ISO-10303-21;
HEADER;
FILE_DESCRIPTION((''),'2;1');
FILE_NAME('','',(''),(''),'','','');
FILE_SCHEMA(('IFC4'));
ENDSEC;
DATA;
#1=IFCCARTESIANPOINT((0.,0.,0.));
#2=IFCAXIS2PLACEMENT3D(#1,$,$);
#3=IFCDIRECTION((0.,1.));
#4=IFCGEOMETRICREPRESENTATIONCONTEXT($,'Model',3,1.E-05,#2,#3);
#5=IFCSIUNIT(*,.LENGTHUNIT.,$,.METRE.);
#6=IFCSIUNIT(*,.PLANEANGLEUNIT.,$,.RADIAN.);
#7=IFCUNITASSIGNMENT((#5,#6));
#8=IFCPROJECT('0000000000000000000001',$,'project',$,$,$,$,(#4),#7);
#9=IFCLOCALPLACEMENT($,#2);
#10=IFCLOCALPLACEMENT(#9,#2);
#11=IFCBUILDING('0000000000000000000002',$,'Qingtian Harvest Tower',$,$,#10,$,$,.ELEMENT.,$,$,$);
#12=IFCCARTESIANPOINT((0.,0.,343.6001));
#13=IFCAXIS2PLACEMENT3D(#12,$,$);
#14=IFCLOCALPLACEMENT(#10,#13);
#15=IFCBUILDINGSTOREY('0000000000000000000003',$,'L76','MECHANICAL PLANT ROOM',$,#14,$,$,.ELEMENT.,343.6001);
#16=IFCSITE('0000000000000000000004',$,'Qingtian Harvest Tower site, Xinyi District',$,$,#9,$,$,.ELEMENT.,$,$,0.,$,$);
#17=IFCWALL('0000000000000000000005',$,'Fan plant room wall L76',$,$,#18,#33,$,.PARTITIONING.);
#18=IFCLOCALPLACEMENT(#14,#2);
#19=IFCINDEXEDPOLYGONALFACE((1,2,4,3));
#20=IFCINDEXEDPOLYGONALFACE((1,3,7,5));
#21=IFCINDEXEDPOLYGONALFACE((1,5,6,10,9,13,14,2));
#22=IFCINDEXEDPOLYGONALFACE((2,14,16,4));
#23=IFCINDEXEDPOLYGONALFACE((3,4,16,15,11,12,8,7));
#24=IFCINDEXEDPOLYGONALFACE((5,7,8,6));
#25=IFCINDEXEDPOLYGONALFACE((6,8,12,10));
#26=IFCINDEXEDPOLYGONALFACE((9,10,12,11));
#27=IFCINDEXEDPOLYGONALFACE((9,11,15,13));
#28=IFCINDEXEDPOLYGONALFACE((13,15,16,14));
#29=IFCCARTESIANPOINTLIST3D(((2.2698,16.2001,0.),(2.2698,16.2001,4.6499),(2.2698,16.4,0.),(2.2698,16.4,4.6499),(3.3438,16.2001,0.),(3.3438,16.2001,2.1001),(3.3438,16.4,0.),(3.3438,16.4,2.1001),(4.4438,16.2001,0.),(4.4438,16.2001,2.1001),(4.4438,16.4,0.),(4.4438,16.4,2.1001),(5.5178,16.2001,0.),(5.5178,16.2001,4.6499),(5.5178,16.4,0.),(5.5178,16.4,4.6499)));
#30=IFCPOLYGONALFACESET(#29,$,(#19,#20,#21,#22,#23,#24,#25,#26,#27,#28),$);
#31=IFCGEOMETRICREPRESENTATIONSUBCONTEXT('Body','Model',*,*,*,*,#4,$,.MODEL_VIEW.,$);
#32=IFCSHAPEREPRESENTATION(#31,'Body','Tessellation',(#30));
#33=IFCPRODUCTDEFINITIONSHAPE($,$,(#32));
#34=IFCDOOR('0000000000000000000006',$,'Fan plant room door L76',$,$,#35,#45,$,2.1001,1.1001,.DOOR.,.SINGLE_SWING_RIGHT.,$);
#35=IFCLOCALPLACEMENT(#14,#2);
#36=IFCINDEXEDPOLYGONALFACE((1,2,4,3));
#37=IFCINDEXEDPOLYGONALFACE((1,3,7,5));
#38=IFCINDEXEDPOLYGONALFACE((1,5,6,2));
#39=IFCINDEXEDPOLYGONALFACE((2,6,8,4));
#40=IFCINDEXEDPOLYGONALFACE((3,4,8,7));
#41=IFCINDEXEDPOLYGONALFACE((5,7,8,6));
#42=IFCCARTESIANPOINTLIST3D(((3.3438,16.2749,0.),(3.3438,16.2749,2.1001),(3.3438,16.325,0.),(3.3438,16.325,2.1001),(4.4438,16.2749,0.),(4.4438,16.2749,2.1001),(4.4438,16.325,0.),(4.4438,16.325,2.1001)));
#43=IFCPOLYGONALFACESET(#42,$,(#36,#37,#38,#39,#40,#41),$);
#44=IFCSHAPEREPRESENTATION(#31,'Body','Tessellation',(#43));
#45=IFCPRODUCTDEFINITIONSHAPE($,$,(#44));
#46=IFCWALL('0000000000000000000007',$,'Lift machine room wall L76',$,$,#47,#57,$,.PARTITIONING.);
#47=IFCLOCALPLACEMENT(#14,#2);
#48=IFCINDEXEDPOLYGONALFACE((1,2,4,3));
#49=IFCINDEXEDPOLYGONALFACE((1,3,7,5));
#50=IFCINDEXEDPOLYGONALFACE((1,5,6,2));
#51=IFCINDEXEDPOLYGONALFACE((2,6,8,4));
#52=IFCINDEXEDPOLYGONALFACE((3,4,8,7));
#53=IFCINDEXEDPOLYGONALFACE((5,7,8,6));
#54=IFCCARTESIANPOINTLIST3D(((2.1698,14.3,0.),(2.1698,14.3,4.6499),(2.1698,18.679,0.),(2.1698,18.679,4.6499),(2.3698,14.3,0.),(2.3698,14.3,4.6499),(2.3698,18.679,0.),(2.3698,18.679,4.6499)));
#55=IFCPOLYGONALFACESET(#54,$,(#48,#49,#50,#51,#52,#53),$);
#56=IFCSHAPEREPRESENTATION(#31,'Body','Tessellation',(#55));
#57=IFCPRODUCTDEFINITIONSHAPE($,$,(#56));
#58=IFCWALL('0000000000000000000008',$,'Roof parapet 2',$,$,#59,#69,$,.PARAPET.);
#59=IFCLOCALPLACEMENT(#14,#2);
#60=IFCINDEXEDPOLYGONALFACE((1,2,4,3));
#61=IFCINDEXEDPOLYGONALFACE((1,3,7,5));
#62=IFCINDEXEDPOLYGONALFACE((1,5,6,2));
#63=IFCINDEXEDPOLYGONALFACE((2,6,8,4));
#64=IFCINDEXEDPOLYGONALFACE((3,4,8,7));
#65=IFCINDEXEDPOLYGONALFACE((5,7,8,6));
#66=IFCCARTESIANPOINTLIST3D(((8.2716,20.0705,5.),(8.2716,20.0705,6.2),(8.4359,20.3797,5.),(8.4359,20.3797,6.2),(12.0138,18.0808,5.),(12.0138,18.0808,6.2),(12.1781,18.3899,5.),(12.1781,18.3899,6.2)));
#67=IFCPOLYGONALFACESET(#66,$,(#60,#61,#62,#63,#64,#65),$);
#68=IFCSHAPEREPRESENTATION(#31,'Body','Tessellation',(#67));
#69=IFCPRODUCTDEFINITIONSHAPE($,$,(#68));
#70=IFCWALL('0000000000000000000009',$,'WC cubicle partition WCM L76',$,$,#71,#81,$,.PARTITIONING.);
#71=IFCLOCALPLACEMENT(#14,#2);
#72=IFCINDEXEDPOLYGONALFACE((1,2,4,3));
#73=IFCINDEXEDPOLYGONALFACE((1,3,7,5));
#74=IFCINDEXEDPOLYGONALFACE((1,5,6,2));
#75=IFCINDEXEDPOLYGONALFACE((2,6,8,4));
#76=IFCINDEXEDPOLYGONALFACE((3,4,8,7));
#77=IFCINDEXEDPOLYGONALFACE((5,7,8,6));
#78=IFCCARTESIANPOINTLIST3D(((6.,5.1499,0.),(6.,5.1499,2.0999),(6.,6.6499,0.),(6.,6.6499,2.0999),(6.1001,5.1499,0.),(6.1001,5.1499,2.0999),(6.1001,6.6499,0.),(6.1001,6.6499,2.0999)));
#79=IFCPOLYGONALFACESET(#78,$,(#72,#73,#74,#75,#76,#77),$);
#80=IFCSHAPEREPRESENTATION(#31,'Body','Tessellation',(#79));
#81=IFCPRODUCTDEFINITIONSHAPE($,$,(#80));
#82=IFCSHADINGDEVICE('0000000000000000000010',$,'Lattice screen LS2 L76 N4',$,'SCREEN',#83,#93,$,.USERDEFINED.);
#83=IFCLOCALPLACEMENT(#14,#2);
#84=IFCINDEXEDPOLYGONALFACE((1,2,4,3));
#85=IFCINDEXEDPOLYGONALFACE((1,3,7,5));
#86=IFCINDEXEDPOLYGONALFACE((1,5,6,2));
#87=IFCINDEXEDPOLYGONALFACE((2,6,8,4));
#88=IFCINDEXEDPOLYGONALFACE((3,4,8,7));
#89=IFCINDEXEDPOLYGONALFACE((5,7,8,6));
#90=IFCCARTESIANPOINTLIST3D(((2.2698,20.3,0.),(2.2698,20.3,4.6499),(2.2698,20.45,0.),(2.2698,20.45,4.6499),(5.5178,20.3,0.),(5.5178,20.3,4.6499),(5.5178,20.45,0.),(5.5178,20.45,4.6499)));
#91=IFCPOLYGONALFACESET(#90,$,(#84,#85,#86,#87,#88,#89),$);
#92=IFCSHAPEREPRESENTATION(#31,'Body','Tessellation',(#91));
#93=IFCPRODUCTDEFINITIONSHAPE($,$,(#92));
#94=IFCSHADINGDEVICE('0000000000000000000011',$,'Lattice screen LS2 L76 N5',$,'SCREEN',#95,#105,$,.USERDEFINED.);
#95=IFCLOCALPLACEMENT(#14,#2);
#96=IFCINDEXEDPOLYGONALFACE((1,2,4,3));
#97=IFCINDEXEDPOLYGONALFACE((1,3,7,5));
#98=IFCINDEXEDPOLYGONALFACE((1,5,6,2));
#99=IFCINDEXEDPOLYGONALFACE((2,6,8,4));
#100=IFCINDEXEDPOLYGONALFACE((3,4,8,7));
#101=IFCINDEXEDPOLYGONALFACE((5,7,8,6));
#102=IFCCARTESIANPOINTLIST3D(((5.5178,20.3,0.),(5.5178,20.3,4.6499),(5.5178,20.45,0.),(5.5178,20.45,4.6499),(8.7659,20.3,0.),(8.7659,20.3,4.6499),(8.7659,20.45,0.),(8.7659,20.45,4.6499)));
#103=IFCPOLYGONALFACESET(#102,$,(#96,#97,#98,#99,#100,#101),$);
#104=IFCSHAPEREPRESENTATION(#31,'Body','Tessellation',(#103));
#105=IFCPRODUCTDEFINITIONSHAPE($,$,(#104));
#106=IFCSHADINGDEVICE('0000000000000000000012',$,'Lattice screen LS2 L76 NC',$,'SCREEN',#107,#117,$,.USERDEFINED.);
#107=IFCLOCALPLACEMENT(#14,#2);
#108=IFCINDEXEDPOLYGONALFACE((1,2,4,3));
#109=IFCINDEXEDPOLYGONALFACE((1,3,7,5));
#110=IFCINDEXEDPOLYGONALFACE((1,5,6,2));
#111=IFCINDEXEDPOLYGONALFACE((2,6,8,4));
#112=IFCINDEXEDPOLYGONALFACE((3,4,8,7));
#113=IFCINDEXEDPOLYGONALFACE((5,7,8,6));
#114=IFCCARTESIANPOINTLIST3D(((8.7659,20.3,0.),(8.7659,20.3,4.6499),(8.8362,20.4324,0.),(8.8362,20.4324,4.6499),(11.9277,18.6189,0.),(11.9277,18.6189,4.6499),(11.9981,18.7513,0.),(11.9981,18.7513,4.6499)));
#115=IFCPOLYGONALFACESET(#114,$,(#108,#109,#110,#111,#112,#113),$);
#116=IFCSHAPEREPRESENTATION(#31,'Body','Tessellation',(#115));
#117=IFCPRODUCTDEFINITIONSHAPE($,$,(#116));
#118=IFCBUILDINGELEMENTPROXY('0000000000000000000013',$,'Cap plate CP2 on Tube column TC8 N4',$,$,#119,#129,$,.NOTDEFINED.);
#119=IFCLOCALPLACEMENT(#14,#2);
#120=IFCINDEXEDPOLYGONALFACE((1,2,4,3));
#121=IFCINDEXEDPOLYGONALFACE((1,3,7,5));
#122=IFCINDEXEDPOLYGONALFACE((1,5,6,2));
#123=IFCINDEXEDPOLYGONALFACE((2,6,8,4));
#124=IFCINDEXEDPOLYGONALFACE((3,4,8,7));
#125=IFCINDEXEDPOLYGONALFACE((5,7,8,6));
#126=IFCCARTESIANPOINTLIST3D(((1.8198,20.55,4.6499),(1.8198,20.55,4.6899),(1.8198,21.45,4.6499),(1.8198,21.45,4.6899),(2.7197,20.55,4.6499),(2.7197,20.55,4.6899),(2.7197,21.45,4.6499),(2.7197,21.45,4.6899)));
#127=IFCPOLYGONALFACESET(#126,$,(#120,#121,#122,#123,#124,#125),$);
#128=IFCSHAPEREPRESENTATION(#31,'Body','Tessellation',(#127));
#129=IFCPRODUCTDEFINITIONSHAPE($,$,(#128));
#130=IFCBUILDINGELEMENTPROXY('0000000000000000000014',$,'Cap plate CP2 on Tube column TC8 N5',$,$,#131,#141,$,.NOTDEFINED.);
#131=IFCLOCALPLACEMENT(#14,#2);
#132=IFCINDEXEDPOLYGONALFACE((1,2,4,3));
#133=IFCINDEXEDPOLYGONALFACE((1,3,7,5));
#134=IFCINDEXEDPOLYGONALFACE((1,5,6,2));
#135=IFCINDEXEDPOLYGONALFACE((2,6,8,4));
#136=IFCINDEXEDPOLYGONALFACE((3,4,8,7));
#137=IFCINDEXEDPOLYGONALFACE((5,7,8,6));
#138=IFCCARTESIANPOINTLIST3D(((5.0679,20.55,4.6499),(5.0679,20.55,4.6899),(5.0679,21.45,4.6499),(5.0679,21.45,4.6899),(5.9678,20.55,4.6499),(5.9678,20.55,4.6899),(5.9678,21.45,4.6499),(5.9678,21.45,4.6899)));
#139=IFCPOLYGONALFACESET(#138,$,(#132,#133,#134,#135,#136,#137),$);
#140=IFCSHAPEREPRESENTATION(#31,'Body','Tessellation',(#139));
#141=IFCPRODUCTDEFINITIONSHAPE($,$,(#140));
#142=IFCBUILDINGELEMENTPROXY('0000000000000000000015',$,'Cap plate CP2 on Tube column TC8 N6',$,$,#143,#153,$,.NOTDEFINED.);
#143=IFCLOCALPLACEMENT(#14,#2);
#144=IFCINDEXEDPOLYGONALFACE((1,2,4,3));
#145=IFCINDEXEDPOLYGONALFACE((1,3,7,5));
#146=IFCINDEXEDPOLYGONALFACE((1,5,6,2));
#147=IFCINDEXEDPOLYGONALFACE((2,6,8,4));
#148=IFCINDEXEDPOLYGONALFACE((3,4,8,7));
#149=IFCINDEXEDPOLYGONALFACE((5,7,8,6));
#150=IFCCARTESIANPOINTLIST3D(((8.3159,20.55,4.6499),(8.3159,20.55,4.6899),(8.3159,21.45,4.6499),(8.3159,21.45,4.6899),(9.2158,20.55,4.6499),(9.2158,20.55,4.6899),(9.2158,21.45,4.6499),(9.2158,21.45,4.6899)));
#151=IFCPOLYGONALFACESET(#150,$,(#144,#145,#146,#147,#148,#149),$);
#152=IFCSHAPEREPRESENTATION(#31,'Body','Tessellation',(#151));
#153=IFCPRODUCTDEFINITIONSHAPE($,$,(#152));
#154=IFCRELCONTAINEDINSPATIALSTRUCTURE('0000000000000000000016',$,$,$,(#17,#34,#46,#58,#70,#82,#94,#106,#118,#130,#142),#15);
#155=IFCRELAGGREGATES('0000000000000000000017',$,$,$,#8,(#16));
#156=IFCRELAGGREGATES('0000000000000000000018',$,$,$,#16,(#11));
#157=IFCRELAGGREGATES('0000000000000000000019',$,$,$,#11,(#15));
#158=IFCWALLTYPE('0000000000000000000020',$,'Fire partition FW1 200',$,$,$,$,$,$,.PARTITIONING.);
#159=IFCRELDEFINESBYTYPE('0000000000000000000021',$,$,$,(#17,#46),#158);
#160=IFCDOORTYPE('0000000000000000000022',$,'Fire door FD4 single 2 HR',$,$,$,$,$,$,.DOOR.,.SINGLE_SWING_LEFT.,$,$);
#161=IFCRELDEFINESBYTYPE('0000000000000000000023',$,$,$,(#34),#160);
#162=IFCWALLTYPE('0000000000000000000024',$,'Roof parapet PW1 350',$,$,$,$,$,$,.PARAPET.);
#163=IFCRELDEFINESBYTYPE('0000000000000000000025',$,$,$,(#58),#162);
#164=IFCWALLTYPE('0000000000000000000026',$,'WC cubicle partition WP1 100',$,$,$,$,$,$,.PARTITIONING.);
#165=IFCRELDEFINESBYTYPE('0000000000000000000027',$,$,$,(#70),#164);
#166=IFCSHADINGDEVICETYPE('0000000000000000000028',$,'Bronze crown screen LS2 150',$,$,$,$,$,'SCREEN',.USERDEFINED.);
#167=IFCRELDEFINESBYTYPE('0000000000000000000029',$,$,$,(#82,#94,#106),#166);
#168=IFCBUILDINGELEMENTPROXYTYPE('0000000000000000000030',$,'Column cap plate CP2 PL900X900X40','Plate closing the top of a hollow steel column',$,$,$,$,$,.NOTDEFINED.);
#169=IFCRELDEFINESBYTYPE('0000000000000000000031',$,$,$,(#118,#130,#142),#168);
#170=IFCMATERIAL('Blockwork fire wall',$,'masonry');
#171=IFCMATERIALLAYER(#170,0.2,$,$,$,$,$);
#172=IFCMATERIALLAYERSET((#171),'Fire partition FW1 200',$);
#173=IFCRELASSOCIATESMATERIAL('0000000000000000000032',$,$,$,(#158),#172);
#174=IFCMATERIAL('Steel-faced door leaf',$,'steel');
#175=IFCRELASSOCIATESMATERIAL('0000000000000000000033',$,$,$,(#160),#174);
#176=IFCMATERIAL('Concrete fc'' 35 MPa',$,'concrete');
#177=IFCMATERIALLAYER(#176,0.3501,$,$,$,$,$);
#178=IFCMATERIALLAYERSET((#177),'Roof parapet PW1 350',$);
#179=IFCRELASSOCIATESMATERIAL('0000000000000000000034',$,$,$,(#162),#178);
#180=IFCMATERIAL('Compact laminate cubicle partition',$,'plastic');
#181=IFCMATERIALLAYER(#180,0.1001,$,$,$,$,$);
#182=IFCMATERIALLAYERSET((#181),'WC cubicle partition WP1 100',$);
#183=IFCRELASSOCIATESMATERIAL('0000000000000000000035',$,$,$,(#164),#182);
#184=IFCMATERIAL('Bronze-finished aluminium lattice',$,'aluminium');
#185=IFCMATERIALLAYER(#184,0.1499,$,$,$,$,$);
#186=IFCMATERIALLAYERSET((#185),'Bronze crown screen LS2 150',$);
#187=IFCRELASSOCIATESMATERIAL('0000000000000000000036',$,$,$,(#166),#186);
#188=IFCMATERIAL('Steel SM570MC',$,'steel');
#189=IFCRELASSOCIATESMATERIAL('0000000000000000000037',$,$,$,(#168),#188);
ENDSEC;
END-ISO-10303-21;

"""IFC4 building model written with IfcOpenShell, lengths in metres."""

from ifc_helpers import new_model, si_unit, direction, frame, frame_2d, origin, origin_2d, place, context, subcontext, project, spatial, polyline, rectangle, outline, extrude, material, layer, layer_set, material_profile, profile_set, type_object, element, fill, save


model = new_model("IFC4")

# Units and contexts
model_context = context("Model", 3, precision=1e-05, world=origin(), true_north=direction((0.0, 1.0)))
body_context = subcontext(model_context, "Body", "Model", "MODEL_VIEW")
ifc_project = project(units=[si_unit("LENGTHUNIT", "METRE"), si_unit("PLANEANGLEUNIT", "RADIAN")], contexts=[model_context])

# Site, building, storey
site_placement = place(None, origin())
site = spatial("IfcSite", under=ifc_project, at=site_placement, Name="Qingtian Harvest Tower site, Xinyi District", CompositionType="ELEMENT", RefElevation=0.0)
building_placement = place(site_placement, origin())
building = spatial("IfcBuilding", under=site, at=building_placement, Name="Qingtian Harvest Tower", CompositionType="ELEMENT")
storey_placement = place(building_placement, frame((0.0, 0.0, 343.6001)))
storey = spatial("IfcBuildingStorey", under=building, at=storey_placement, Name="L76", Description="MECHANICAL PLANT ROOM", CompositionType="ELEMENT", Elevation=343.6001)

# Shared definitions
ifc_material_1 = material(Name="Blockwork fire wall", Category="masonry")
ifc_layer_1 = layer(ifc_material_1, 0.2)
ifc_layer_set_1 = layer_set([ifc_layer_1], Name="Fire partition FW1 200")
wall_type_1 = type_object("IfcWallType", Name="Fire partition FW1 200", PredefinedType="PARTITIONING", material=ifc_layer_set_1)

# Wall, opening, door
wall_1_placement = place(storey_placement, frame((2.2698, 16.3, 0.0), z_axis=(0.0, 0.0, 1.0), x_axis=(1.0, 0.0, 0.0)))
wall_1 = element("IfcWall", 1, at=wall_1_placement, inside=storey, type_object=wall_type_1, Name="Fan plant room wall L76", PredefinedType="PARTITIONING", context=body_context, shape_type="SweptSolid", body=[
    extrude(rectangle(XDim=3.248, YDim=0.2, at=frame_2d((1.624, 0.0))), origin(), (0.0, 0.0, 1.0), 4.6499),
])
opening_placement = place(wall_1_placement, frame((1.074, 0.0, 0.0)))
opening = element("IfcOpeningElement", 2, at=opening_placement, cuts=wall_1, PredefinedType="OPENING", context=body_context, shape_type="SweptSolid", body=[
    extrude(rectangle(XDim=1.1001, YDim=2.1001, at=frame_2d((0.55, 1.05))), frame((0.0, 0.1099, 0.0), z_axis=(0.0, -1.0, 0.0), x_axis=(1.0, 0.0, 0.0)), (0.0, 0.0, 1.0), 0.22),
])
ifc_material_2 = material(Name="Steel-faced door leaf", Category="steel")
door_type = type_object("IfcDoorType", Name="Fire door FD4 single 2 HR", OperationType="SINGLE_SWING_LEFT", PredefinedType="DOOR", material=ifc_material_2)
door_placement = place(opening_placement, origin())
door = element("IfcDoor", 3, at=door_placement, inside=storey, type_object=door_type, Name="Fan plant room door L76", OperationType="SINGLE_SWING_RIGHT", OverallHeight=2.1001, OverallWidth=1.1001, PredefinedType="DOOR", context=body_context, shape_type="SweptSolid", body=[
    extrude(rectangle(XDim=1.1001, YDim=2.1001, at=frame_2d((0.55, 1.05))), frame((0.0, 0.0249, 0.0), z_axis=(0.0, -1.0, 0.0), x_axis=(1.0, 0.0, 0.0)), (0.0, 0.0, 1.0), 0.05),
])
fill(opening, door)

# Walls
wall_2_placement = place(storey_placement, frame((2.2698, 18.679, 0.0), z_axis=(0.0, 0.0, 1.0), x_axis=(0.0, -1.0, 0.0)))
element("IfcWall", 4, at=wall_2_placement, inside=storey, type_object=wall_type_1, Name="Lift machine room wall L76", PredefinedType="PARTITIONING", context=body_context, shape_type="SweptSolid", body=[
    extrude(rectangle(XDim=4.3789, YDim=0.2, at=frame_2d((2.1895, 0.0))), origin(), (0.0, 0.0, 1.0), 4.6499),
])
ifc_material_3 = material(Name="Concrete fc' 35 MPa", Category="concrete")
ifc_layer_2 = layer(ifc_material_3, 0.3501)
ifc_layer_set_2 = layer_set([ifc_layer_2], Name="Roof parapet PW1 350")
wall_type_2 = type_object("IfcWallType", Name="Roof parapet PW1 350", PredefinedType="PARAPET", material=ifc_layer_set_2)
wall_3_placement = place(storey_placement, frame((8.3538, 20.2251, 5.0), z_axis=(0.0, 0.0, 1.0), x_axis=(0.882949, -0.46947, 0.0)))
element("IfcWall", 5, at=wall_3_placement, inside=storey, type_object=wall_type_2, Name="Roof parapet 2", PredefinedType="PARAPET", context=body_context, shape_type="SweptSolid", body=[
    extrude(rectangle(XDim=4.2383, YDim=0.3501, at=frame_2d((2.1191, 0.0))), origin(), (0.0, 0.0, 1.0), 1.2),
])
ifc_material_4 = material(Name="Compact laminate cubicle partition", Category="plastic")
ifc_layer_3 = layer(ifc_material_4, 0.1001)
ifc_layer_set_3 = layer_set([ifc_layer_3], Name="WC cubicle partition WP1 100")
wall_type_3 = type_object("IfcWallType", Name="WC cubicle partition WP1 100", PredefinedType="PARTITIONING", material=ifc_layer_set_3)
wall_4_placement = place(storey_placement, frame((6.05, 5.1499, 0.0), z_axis=(0.0, 0.0, 1.0), x_axis=(0.0, 1.0, 0.0)))
element("IfcWall", 6, at=wall_4_placement, inside=storey, type_object=wall_type_3, Name="WC cubicle partition WCM L76", PredefinedType="PARTITIONING", context=body_context, shape_type="SweptSolid", body=[
    extrude(rectangle(XDim=1.5, YDim=0.1001, at=frame_2d((0.75, 0.0))), origin(), (0.0, 0.0, 1.0), 2.0999),
])

# Shading devices
ifc_material_5 = material(Name="Bronze-finished aluminium lattice", Category="aluminium")
ifc_layer_4 = layer(ifc_material_5, 0.1499)
ifc_layer_set_4 = layer_set([ifc_layer_4], Name="Bronze crown screen LS2 150")
shading_device_type = type_object("IfcShadingDeviceType", Name="Bronze crown screen LS2 150", ElementType="SCREEN", PredefinedType="USERDEFINED", material=ifc_layer_set_4)
for number, where, z_axis, x_axis, name in (
    (7, (2.2698, 20.3, 0.0), (0.0, -1.0, 0.0), (1.0, 0.0, 0.0), "Lattice screen LS2 L76 N4"),
    (8, (5.5178, 20.3, 0.0), (0.0, -1.0, 0.0), (1.0, 0.0, 0.0), "Lattice screen LS2 L76 N5"),
):
    element("IfcShadingDevice", number, at=place(storey_placement, frame(where, z_axis=z_axis, x_axis=x_axis)), inside=storey, type_object=shading_device_type, Name=name, ObjectType="SCREEN", PredefinedType="USERDEFINED", context=body_context, shape_type="SweptSolid", body=[
        extrude(outline(polyline([(0.0, 0.0), (3.248, 0.0), (3.248, 4.6499), (0.0, 4.6499), (0.0, 0.0)])), origin(), (0.0, 0.0, -1.0), 0.1499),
    ])
shading_device_placement = place(storey_placement, frame((8.7659, 20.3, 0.0), z_axis=(-0.469463, -0.882952, 0.0), x_axis=(0.882952, -0.469463, 0.0)))
element("IfcShadingDevice", 9, at=shading_device_placement, inside=storey, type_object=shading_device_type, Name="Lattice screen LS2 L76 NC", ObjectType="SCREEN", PredefinedType="USERDEFINED", context=body_context, shape_type="SweptSolid", body=[
    extrude(outline(polyline([(0.0, 0.0), (3.581, 0.0), (3.581, 4.6499), (0.0, 4.6499), (0.0, 0.0)])), origin(), (0.0, 0.0, -1.0), 0.1499),
])

# Building element proxies
ifc_material_6 = material(Name="Steel SM570MC", Category="steel")
ifc_material_profile_1 = material_profile(ifc_material_6, rectangle(XDim=0.8999, YDim=0.8999, at=origin_2d()), Name="PL900X900X40")
ifc_profile_set_1 = profile_set([ifc_material_profile_1], Name="Steel SM570MC")
building_element_proxy_type = type_object("IfcBuildingElementProxyType", Name="Column cap plate CP2 PL900X900X40", Description="Plate closing the top of a hollow steel column", PredefinedType="NOTDEFINED", material=ifc_profile_set_1)
for number, where, z_axis, x_axis, name in (
    (10, (2.2698, 21.0, 4.6499), (0.0, 0.0, 1.0), (-1.0, 0.0, 0.0), "Cap plate CP2 on Tube column TC8 N4"),
    (11, (5.5178, 21.0, 4.6499), (0.0, 0.0, 1.0), (-1.0, 0.0, 0.0), "Cap plate CP2 on Tube column TC8 N5"),
    (12, (8.7659, 21.0, 4.6499), (0.0, 0.0, 1.0), (-1.0, 0.0, 0.0), "Cap plate CP2 on Tube column TC8 N6"),
):
    element("IfcBuildingElementProxy", number, at=place(storey_placement, frame(where, z_axis=z_axis, x_axis=x_axis)), inside=storey, type_object=building_element_proxy_type, Name=name, PredefinedType="NOTDEFINED", context=body_context, shape_type="SweptSolid", body=[
        extrude(rectangle(XDim=0.8999, YDim=0.8999, at=origin_2d()), origin(), (0.0, 0.0, 1.0), 0.04),
    ])

save(model, "model.ifc")
